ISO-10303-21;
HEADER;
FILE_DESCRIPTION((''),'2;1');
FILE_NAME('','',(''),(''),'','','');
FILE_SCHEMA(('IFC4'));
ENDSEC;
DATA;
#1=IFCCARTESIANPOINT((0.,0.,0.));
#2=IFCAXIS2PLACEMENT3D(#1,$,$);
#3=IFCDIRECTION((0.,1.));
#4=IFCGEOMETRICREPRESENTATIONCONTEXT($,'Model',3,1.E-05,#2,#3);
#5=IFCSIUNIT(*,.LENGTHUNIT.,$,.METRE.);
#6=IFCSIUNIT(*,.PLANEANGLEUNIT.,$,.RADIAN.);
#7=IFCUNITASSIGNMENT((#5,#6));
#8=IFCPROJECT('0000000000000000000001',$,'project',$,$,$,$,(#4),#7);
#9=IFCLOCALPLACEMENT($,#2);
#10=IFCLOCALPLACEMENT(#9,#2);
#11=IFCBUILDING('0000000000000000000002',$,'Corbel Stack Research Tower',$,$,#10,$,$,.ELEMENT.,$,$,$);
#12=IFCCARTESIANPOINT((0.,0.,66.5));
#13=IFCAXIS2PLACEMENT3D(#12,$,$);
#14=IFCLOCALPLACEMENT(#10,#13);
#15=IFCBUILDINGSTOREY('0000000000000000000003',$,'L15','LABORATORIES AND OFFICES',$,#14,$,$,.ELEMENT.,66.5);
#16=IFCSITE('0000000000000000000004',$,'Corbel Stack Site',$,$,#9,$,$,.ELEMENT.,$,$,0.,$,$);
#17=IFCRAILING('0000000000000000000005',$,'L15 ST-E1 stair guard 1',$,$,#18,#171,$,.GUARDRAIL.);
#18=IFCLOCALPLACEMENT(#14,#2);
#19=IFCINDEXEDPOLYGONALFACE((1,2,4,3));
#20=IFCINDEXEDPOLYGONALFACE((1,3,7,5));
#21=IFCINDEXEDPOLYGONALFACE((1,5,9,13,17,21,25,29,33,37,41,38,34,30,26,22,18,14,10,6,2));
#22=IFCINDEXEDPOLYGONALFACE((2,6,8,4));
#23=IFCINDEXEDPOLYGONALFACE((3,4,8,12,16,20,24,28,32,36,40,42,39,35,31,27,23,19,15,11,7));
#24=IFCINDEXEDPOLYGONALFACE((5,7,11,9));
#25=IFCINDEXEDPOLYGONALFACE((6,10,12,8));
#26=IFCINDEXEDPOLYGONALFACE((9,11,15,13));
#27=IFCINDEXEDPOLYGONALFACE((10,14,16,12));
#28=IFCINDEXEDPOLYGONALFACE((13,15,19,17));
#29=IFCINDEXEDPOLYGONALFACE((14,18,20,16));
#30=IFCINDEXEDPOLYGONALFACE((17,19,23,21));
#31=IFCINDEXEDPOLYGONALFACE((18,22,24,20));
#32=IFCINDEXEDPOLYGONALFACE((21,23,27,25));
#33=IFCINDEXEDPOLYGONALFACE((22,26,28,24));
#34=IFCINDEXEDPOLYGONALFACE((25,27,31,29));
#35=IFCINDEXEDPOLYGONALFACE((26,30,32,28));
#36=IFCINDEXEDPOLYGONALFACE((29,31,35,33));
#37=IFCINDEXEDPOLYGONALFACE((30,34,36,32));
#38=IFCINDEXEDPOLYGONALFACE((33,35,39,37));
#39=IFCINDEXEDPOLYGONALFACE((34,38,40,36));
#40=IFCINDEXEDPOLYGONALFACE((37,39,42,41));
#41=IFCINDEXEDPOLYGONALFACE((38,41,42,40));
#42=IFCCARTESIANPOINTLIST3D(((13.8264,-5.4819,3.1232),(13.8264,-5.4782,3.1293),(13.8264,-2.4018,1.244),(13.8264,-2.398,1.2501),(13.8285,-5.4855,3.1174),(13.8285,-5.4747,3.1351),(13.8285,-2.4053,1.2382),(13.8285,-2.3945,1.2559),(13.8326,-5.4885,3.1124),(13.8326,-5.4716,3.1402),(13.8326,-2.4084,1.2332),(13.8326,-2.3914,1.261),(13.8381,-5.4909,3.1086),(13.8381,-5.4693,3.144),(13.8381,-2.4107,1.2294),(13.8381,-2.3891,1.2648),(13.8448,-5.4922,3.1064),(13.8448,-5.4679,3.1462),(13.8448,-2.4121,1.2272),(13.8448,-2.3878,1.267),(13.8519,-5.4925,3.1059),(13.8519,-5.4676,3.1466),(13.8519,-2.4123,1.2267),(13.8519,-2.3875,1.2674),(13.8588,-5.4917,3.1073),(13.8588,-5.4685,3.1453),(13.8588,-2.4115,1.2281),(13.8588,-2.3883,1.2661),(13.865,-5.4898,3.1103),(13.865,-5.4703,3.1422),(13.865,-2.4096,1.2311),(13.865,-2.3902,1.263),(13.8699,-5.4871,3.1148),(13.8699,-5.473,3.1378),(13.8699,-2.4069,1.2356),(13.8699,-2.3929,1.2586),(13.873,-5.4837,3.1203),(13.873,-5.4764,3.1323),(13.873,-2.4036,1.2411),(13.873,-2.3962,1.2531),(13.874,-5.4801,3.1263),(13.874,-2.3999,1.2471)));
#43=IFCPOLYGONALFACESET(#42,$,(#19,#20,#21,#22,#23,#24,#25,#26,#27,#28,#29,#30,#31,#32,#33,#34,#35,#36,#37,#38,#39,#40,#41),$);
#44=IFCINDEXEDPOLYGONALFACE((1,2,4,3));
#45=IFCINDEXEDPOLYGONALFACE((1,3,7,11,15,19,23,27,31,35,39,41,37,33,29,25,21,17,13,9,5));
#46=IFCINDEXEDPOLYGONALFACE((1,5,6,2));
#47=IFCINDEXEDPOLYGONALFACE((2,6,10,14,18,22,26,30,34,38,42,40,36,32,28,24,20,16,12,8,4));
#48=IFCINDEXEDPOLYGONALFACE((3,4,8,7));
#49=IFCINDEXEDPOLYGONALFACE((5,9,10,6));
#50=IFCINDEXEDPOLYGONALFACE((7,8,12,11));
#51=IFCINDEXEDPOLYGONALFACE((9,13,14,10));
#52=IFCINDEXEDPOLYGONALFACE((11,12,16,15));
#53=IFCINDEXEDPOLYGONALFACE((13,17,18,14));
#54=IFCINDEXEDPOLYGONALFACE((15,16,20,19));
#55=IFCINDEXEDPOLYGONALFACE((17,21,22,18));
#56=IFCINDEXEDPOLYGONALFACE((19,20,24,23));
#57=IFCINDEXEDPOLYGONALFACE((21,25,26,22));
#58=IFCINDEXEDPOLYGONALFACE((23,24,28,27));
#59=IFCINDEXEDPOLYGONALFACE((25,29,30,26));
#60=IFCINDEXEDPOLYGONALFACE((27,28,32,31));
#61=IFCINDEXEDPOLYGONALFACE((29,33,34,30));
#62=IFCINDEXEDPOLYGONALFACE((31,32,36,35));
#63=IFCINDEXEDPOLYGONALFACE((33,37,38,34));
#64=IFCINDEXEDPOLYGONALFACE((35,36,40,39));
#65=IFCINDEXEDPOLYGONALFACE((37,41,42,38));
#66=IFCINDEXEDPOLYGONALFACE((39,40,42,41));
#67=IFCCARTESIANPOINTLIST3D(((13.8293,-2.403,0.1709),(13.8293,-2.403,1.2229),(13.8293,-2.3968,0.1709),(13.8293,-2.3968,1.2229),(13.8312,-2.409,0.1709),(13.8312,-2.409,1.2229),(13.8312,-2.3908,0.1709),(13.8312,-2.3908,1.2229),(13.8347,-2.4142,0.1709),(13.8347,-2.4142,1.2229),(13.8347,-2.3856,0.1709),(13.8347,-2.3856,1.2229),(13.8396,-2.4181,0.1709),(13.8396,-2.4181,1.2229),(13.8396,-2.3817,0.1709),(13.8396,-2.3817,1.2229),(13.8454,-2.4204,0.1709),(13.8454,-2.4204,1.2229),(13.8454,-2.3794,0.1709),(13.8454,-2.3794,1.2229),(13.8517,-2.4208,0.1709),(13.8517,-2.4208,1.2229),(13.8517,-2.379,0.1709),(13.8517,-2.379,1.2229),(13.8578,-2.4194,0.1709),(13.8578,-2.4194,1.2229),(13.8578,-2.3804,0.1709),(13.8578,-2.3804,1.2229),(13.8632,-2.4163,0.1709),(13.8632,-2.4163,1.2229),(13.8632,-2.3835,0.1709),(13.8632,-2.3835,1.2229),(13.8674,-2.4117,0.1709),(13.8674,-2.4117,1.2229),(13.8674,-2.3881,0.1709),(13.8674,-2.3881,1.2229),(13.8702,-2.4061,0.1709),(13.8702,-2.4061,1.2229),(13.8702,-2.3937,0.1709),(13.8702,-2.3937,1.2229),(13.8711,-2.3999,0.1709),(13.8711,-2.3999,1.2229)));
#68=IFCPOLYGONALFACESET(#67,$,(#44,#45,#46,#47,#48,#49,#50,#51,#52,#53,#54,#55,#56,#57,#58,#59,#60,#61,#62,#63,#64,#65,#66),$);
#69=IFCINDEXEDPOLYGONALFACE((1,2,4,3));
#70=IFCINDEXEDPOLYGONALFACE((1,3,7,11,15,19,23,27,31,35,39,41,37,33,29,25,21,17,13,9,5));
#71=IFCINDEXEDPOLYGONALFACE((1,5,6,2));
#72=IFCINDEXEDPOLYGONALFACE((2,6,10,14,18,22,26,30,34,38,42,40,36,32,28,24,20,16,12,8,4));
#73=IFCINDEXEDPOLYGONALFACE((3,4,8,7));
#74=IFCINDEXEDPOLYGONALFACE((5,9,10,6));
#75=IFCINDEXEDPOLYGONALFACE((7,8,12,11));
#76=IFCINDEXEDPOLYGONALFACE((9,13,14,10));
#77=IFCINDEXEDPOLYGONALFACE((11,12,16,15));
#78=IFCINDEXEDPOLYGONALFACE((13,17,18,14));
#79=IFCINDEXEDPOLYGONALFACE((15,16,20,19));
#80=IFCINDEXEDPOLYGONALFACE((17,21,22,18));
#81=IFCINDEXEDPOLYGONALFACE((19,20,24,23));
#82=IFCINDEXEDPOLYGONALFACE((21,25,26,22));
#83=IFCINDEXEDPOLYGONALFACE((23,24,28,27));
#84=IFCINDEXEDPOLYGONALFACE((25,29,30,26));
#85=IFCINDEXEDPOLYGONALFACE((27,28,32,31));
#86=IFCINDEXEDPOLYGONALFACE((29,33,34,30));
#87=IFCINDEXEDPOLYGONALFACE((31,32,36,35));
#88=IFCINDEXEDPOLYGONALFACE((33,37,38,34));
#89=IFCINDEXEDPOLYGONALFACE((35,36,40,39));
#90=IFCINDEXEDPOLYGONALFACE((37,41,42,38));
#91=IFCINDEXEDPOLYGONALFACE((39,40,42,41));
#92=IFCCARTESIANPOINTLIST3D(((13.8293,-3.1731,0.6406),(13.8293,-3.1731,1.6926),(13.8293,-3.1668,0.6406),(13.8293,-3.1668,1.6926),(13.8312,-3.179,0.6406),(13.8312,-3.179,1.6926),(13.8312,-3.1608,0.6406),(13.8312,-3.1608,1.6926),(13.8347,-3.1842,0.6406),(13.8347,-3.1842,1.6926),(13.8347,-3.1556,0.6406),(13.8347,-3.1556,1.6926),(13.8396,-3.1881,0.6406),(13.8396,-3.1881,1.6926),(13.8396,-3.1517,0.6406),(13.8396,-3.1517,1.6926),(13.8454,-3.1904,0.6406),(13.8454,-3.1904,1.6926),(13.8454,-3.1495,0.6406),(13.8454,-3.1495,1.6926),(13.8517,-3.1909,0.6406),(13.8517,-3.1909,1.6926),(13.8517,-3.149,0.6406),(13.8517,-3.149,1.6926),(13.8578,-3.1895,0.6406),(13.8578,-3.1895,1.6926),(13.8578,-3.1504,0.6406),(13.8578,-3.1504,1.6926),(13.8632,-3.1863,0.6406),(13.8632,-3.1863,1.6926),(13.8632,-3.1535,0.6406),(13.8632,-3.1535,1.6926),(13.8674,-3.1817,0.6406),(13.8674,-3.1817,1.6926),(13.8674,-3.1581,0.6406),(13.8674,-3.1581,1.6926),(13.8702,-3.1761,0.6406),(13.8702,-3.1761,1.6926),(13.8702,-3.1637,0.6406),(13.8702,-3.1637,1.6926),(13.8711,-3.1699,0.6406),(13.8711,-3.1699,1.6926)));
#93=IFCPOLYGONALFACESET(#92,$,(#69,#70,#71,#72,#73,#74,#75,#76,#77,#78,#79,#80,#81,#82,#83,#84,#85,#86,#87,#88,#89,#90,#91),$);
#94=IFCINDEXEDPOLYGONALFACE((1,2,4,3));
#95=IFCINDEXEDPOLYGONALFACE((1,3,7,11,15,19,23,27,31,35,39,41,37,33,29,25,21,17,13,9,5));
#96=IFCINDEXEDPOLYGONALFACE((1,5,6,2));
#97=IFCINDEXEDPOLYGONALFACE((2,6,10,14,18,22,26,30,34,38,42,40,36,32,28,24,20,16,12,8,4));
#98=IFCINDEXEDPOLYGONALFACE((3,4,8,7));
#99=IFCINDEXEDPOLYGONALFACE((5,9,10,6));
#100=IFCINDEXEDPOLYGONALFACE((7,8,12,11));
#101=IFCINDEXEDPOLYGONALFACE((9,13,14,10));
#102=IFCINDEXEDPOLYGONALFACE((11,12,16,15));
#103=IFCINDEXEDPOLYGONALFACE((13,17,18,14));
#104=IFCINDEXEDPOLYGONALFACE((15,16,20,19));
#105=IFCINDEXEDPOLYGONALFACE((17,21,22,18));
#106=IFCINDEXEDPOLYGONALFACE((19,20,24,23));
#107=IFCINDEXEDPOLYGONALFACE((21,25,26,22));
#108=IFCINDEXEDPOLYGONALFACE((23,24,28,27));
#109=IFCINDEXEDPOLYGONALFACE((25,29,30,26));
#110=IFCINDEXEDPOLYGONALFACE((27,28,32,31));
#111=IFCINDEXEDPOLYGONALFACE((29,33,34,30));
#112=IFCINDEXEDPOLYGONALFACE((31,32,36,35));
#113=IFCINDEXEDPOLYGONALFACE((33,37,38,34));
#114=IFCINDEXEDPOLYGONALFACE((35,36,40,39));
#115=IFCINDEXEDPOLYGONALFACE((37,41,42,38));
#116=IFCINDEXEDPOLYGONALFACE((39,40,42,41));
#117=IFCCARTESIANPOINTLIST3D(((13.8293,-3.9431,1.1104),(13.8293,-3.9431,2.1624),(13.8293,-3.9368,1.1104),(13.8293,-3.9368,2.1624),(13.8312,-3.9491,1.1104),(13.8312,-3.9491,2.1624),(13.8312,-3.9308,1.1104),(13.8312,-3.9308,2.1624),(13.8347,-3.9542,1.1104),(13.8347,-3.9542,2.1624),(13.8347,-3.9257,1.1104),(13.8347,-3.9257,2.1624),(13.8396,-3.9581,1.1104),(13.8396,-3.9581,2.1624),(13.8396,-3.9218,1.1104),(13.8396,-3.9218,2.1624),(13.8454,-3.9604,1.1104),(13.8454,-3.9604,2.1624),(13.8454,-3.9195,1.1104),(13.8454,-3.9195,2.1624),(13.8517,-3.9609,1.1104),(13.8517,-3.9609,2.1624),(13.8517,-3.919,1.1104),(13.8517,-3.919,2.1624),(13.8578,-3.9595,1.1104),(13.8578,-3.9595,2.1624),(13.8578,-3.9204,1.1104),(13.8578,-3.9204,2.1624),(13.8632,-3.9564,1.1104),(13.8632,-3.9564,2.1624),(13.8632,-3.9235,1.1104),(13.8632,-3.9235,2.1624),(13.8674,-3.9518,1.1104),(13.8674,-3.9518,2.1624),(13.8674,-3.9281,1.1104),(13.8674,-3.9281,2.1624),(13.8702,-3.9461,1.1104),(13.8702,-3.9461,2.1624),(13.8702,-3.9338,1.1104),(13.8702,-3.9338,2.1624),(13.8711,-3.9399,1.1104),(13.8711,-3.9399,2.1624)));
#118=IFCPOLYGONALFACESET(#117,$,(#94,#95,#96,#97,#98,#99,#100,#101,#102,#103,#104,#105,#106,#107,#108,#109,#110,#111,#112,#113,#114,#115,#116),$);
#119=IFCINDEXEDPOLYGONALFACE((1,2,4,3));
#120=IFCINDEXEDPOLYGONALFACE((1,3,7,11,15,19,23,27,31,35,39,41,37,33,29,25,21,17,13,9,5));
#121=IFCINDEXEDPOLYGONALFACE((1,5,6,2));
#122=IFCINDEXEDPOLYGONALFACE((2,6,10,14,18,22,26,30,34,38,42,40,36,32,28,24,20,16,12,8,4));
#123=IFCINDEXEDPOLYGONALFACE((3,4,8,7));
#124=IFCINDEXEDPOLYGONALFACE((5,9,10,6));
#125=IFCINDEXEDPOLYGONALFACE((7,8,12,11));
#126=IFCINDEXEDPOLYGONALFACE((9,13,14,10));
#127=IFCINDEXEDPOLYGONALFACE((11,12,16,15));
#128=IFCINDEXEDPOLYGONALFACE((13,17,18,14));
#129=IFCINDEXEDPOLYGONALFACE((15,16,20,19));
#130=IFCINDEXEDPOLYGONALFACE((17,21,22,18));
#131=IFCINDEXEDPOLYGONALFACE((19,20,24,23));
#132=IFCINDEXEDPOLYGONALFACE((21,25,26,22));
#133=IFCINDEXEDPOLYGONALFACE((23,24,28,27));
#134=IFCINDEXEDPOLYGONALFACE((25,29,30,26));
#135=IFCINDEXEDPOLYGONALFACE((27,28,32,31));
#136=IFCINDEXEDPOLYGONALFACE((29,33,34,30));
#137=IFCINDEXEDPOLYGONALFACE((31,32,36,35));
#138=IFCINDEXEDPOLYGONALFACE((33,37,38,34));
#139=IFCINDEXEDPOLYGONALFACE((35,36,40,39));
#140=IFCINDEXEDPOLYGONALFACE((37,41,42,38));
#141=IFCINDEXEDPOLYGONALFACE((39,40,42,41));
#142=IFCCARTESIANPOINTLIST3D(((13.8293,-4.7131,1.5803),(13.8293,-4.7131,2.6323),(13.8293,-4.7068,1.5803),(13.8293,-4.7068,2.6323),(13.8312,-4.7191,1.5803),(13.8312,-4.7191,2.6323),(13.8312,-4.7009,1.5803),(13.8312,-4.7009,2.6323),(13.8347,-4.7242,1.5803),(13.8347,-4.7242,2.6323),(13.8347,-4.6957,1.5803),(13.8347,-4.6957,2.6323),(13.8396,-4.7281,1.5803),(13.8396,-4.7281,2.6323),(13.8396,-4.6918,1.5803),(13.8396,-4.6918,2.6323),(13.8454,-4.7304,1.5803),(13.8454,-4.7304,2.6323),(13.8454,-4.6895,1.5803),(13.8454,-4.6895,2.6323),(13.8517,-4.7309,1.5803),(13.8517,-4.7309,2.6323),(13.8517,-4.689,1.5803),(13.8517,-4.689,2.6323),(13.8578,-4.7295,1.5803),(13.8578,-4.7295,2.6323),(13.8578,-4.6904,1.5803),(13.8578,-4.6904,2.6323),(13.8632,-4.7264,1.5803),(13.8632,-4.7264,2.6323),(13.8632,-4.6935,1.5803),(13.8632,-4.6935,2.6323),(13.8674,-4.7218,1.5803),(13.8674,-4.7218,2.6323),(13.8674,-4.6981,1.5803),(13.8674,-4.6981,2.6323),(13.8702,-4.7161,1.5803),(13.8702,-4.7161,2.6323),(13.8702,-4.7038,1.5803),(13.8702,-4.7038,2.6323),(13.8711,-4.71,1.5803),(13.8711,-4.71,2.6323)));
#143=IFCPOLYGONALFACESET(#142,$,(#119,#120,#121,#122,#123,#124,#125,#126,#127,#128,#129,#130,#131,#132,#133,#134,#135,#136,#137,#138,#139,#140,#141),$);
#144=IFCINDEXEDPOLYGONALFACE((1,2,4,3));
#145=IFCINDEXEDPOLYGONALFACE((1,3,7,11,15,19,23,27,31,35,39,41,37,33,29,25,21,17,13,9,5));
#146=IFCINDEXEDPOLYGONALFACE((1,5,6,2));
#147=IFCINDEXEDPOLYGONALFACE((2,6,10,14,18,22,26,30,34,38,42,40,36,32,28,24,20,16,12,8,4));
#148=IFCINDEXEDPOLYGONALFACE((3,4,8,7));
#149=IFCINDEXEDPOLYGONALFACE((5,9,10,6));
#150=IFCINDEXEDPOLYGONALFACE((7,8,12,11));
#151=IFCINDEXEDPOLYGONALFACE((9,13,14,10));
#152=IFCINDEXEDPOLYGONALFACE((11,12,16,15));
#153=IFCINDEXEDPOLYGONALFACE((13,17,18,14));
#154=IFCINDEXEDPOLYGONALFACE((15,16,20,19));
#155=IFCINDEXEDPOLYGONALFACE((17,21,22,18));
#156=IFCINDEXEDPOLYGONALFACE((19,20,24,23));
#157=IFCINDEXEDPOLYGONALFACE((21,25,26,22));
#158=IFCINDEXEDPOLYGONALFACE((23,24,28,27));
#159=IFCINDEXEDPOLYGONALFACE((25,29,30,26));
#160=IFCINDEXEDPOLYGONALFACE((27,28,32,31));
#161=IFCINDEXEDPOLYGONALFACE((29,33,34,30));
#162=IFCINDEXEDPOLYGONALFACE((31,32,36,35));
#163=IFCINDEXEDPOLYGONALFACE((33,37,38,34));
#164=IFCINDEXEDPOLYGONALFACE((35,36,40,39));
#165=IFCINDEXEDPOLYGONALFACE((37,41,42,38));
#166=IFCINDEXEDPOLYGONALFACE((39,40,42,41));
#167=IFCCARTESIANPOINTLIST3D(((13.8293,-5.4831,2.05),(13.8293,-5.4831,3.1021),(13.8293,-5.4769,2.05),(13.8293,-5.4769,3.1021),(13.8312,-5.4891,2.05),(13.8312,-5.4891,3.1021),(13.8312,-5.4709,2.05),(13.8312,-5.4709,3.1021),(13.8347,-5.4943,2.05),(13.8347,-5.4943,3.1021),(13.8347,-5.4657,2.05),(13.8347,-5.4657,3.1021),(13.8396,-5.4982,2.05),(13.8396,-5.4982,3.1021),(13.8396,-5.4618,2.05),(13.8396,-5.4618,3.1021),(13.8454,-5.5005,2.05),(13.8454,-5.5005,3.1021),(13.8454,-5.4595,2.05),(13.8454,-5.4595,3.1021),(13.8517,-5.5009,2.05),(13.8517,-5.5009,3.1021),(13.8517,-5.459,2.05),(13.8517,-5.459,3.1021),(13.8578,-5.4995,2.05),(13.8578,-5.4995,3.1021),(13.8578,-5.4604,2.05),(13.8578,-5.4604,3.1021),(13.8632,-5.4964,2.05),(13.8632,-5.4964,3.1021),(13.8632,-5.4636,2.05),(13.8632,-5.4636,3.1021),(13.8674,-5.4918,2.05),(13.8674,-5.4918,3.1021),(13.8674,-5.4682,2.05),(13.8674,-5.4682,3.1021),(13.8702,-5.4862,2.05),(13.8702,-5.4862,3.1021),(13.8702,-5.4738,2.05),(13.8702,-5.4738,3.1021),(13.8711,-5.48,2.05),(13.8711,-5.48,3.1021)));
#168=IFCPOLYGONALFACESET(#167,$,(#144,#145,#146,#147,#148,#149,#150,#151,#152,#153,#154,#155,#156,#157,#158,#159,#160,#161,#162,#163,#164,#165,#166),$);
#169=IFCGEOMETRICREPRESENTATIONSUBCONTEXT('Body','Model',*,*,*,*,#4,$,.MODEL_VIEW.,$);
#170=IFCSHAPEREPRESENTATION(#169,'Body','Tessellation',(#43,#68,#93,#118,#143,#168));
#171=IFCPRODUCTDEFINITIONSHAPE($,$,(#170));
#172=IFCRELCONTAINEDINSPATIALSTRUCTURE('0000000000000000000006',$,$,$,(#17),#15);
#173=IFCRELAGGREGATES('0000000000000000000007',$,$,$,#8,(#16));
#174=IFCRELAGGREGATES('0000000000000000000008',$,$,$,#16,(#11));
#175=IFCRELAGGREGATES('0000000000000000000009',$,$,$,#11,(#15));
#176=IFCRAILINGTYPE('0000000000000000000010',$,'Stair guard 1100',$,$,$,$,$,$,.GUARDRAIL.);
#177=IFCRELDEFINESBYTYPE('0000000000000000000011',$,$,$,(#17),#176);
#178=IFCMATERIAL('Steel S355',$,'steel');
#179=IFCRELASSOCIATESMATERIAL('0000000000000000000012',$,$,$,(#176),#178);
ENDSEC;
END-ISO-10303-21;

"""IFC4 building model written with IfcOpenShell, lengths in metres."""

from ifc_helpers import new_model, si_unit, direction, frame, origin, origin_2d, place, context, subcontext, project, spatial, circle, extrude, material, type_object, element, save


model = new_model("IFC4")

# Units and contexts
model_context = context("Model", 3, precision=1e-05, world=origin(), true_north=direction((0.0, 1.0)))
body_context = subcontext(model_context, "Body", "Model", "MODEL_VIEW")
ifc_project = project(units=[si_unit("LENGTHUNIT", "METRE"), si_unit("PLANEANGLEUNIT", "RADIAN")], contexts=[model_context])

# Site, building, storey
site_placement = place(None, origin())
site = spatial("IfcSite", under=ifc_project, at=site_placement, Name="Corbel Stack Site", CompositionType="ELEMENT", RefElevation=0.0)
building_placement = place(site_placement, origin())
building = spatial("IfcBuilding", under=site, at=building_placement, Name="Corbel Stack Research Tower", CompositionType="ELEMENT")
storey_placement = place(building_placement, frame((0.0, 0.0, 66.5)))
storey = spatial("IfcBuildingStorey", under=building, at=storey_placement, Name="L15", Description="LABORATORIES AND OFFICES", CompositionType="ELEMENT", Elevation=66.5)

# Railing
ifc_material_1 = material(Name="Steel S355", Category="steel")
railing_type_1 = type_object("IfcRailingType", Name="Stair guard 1100", PredefinedType="GUARDRAIL", material=ifc_material_1)
railing_1_placement = place(storey_placement, frame((13.8501, -2.3999, 0.1709)))
element("IfcRailing", 1, at=railing_1_placement, inside=storey, type_object=railing_type_1, Name="L15 ST-E1 stair guard 1", PredefinedType="GUARDRAIL", context=body_context, shape_type="SweptSolid", body=[
    extrude(circle(Radius=0.0239, at=origin_2d()), frame((0.0, 0.0, 1.0762), z_axis=(0.0, -0.853666, 0.52082), x_axis=(1.0, 0.0, 0.0)), (0.0, 0.0, 1.0), 3.6082),
    extrude(circle(Radius=0.021, at=origin_2d()), origin(), (0.0, 0.0, 1.0), 1.052),
    extrude(circle(Radius=0.021, at=origin_2d()), frame((0.0, -0.77, 0.4697)), (0.0, 0.0, 1.0), 1.052),
    extrude(circle(Radius=0.021, at=origin_2d()), frame((0.0, -1.54, 0.9395)), (0.0, 0.0, 1.0), 1.052),
    extrude(circle(Radius=0.021, at=origin_2d()), frame((0.0, -2.3101, 1.4094)), (0.0, 0.0, 1.0), 1.052),
    extrude(circle(Radius=0.021, at=origin_2d()), frame((0.0, -3.0801, 1.8792)), (0.0, 0.0, 1.0), 1.052),
])

save(model, "model.ifc")
